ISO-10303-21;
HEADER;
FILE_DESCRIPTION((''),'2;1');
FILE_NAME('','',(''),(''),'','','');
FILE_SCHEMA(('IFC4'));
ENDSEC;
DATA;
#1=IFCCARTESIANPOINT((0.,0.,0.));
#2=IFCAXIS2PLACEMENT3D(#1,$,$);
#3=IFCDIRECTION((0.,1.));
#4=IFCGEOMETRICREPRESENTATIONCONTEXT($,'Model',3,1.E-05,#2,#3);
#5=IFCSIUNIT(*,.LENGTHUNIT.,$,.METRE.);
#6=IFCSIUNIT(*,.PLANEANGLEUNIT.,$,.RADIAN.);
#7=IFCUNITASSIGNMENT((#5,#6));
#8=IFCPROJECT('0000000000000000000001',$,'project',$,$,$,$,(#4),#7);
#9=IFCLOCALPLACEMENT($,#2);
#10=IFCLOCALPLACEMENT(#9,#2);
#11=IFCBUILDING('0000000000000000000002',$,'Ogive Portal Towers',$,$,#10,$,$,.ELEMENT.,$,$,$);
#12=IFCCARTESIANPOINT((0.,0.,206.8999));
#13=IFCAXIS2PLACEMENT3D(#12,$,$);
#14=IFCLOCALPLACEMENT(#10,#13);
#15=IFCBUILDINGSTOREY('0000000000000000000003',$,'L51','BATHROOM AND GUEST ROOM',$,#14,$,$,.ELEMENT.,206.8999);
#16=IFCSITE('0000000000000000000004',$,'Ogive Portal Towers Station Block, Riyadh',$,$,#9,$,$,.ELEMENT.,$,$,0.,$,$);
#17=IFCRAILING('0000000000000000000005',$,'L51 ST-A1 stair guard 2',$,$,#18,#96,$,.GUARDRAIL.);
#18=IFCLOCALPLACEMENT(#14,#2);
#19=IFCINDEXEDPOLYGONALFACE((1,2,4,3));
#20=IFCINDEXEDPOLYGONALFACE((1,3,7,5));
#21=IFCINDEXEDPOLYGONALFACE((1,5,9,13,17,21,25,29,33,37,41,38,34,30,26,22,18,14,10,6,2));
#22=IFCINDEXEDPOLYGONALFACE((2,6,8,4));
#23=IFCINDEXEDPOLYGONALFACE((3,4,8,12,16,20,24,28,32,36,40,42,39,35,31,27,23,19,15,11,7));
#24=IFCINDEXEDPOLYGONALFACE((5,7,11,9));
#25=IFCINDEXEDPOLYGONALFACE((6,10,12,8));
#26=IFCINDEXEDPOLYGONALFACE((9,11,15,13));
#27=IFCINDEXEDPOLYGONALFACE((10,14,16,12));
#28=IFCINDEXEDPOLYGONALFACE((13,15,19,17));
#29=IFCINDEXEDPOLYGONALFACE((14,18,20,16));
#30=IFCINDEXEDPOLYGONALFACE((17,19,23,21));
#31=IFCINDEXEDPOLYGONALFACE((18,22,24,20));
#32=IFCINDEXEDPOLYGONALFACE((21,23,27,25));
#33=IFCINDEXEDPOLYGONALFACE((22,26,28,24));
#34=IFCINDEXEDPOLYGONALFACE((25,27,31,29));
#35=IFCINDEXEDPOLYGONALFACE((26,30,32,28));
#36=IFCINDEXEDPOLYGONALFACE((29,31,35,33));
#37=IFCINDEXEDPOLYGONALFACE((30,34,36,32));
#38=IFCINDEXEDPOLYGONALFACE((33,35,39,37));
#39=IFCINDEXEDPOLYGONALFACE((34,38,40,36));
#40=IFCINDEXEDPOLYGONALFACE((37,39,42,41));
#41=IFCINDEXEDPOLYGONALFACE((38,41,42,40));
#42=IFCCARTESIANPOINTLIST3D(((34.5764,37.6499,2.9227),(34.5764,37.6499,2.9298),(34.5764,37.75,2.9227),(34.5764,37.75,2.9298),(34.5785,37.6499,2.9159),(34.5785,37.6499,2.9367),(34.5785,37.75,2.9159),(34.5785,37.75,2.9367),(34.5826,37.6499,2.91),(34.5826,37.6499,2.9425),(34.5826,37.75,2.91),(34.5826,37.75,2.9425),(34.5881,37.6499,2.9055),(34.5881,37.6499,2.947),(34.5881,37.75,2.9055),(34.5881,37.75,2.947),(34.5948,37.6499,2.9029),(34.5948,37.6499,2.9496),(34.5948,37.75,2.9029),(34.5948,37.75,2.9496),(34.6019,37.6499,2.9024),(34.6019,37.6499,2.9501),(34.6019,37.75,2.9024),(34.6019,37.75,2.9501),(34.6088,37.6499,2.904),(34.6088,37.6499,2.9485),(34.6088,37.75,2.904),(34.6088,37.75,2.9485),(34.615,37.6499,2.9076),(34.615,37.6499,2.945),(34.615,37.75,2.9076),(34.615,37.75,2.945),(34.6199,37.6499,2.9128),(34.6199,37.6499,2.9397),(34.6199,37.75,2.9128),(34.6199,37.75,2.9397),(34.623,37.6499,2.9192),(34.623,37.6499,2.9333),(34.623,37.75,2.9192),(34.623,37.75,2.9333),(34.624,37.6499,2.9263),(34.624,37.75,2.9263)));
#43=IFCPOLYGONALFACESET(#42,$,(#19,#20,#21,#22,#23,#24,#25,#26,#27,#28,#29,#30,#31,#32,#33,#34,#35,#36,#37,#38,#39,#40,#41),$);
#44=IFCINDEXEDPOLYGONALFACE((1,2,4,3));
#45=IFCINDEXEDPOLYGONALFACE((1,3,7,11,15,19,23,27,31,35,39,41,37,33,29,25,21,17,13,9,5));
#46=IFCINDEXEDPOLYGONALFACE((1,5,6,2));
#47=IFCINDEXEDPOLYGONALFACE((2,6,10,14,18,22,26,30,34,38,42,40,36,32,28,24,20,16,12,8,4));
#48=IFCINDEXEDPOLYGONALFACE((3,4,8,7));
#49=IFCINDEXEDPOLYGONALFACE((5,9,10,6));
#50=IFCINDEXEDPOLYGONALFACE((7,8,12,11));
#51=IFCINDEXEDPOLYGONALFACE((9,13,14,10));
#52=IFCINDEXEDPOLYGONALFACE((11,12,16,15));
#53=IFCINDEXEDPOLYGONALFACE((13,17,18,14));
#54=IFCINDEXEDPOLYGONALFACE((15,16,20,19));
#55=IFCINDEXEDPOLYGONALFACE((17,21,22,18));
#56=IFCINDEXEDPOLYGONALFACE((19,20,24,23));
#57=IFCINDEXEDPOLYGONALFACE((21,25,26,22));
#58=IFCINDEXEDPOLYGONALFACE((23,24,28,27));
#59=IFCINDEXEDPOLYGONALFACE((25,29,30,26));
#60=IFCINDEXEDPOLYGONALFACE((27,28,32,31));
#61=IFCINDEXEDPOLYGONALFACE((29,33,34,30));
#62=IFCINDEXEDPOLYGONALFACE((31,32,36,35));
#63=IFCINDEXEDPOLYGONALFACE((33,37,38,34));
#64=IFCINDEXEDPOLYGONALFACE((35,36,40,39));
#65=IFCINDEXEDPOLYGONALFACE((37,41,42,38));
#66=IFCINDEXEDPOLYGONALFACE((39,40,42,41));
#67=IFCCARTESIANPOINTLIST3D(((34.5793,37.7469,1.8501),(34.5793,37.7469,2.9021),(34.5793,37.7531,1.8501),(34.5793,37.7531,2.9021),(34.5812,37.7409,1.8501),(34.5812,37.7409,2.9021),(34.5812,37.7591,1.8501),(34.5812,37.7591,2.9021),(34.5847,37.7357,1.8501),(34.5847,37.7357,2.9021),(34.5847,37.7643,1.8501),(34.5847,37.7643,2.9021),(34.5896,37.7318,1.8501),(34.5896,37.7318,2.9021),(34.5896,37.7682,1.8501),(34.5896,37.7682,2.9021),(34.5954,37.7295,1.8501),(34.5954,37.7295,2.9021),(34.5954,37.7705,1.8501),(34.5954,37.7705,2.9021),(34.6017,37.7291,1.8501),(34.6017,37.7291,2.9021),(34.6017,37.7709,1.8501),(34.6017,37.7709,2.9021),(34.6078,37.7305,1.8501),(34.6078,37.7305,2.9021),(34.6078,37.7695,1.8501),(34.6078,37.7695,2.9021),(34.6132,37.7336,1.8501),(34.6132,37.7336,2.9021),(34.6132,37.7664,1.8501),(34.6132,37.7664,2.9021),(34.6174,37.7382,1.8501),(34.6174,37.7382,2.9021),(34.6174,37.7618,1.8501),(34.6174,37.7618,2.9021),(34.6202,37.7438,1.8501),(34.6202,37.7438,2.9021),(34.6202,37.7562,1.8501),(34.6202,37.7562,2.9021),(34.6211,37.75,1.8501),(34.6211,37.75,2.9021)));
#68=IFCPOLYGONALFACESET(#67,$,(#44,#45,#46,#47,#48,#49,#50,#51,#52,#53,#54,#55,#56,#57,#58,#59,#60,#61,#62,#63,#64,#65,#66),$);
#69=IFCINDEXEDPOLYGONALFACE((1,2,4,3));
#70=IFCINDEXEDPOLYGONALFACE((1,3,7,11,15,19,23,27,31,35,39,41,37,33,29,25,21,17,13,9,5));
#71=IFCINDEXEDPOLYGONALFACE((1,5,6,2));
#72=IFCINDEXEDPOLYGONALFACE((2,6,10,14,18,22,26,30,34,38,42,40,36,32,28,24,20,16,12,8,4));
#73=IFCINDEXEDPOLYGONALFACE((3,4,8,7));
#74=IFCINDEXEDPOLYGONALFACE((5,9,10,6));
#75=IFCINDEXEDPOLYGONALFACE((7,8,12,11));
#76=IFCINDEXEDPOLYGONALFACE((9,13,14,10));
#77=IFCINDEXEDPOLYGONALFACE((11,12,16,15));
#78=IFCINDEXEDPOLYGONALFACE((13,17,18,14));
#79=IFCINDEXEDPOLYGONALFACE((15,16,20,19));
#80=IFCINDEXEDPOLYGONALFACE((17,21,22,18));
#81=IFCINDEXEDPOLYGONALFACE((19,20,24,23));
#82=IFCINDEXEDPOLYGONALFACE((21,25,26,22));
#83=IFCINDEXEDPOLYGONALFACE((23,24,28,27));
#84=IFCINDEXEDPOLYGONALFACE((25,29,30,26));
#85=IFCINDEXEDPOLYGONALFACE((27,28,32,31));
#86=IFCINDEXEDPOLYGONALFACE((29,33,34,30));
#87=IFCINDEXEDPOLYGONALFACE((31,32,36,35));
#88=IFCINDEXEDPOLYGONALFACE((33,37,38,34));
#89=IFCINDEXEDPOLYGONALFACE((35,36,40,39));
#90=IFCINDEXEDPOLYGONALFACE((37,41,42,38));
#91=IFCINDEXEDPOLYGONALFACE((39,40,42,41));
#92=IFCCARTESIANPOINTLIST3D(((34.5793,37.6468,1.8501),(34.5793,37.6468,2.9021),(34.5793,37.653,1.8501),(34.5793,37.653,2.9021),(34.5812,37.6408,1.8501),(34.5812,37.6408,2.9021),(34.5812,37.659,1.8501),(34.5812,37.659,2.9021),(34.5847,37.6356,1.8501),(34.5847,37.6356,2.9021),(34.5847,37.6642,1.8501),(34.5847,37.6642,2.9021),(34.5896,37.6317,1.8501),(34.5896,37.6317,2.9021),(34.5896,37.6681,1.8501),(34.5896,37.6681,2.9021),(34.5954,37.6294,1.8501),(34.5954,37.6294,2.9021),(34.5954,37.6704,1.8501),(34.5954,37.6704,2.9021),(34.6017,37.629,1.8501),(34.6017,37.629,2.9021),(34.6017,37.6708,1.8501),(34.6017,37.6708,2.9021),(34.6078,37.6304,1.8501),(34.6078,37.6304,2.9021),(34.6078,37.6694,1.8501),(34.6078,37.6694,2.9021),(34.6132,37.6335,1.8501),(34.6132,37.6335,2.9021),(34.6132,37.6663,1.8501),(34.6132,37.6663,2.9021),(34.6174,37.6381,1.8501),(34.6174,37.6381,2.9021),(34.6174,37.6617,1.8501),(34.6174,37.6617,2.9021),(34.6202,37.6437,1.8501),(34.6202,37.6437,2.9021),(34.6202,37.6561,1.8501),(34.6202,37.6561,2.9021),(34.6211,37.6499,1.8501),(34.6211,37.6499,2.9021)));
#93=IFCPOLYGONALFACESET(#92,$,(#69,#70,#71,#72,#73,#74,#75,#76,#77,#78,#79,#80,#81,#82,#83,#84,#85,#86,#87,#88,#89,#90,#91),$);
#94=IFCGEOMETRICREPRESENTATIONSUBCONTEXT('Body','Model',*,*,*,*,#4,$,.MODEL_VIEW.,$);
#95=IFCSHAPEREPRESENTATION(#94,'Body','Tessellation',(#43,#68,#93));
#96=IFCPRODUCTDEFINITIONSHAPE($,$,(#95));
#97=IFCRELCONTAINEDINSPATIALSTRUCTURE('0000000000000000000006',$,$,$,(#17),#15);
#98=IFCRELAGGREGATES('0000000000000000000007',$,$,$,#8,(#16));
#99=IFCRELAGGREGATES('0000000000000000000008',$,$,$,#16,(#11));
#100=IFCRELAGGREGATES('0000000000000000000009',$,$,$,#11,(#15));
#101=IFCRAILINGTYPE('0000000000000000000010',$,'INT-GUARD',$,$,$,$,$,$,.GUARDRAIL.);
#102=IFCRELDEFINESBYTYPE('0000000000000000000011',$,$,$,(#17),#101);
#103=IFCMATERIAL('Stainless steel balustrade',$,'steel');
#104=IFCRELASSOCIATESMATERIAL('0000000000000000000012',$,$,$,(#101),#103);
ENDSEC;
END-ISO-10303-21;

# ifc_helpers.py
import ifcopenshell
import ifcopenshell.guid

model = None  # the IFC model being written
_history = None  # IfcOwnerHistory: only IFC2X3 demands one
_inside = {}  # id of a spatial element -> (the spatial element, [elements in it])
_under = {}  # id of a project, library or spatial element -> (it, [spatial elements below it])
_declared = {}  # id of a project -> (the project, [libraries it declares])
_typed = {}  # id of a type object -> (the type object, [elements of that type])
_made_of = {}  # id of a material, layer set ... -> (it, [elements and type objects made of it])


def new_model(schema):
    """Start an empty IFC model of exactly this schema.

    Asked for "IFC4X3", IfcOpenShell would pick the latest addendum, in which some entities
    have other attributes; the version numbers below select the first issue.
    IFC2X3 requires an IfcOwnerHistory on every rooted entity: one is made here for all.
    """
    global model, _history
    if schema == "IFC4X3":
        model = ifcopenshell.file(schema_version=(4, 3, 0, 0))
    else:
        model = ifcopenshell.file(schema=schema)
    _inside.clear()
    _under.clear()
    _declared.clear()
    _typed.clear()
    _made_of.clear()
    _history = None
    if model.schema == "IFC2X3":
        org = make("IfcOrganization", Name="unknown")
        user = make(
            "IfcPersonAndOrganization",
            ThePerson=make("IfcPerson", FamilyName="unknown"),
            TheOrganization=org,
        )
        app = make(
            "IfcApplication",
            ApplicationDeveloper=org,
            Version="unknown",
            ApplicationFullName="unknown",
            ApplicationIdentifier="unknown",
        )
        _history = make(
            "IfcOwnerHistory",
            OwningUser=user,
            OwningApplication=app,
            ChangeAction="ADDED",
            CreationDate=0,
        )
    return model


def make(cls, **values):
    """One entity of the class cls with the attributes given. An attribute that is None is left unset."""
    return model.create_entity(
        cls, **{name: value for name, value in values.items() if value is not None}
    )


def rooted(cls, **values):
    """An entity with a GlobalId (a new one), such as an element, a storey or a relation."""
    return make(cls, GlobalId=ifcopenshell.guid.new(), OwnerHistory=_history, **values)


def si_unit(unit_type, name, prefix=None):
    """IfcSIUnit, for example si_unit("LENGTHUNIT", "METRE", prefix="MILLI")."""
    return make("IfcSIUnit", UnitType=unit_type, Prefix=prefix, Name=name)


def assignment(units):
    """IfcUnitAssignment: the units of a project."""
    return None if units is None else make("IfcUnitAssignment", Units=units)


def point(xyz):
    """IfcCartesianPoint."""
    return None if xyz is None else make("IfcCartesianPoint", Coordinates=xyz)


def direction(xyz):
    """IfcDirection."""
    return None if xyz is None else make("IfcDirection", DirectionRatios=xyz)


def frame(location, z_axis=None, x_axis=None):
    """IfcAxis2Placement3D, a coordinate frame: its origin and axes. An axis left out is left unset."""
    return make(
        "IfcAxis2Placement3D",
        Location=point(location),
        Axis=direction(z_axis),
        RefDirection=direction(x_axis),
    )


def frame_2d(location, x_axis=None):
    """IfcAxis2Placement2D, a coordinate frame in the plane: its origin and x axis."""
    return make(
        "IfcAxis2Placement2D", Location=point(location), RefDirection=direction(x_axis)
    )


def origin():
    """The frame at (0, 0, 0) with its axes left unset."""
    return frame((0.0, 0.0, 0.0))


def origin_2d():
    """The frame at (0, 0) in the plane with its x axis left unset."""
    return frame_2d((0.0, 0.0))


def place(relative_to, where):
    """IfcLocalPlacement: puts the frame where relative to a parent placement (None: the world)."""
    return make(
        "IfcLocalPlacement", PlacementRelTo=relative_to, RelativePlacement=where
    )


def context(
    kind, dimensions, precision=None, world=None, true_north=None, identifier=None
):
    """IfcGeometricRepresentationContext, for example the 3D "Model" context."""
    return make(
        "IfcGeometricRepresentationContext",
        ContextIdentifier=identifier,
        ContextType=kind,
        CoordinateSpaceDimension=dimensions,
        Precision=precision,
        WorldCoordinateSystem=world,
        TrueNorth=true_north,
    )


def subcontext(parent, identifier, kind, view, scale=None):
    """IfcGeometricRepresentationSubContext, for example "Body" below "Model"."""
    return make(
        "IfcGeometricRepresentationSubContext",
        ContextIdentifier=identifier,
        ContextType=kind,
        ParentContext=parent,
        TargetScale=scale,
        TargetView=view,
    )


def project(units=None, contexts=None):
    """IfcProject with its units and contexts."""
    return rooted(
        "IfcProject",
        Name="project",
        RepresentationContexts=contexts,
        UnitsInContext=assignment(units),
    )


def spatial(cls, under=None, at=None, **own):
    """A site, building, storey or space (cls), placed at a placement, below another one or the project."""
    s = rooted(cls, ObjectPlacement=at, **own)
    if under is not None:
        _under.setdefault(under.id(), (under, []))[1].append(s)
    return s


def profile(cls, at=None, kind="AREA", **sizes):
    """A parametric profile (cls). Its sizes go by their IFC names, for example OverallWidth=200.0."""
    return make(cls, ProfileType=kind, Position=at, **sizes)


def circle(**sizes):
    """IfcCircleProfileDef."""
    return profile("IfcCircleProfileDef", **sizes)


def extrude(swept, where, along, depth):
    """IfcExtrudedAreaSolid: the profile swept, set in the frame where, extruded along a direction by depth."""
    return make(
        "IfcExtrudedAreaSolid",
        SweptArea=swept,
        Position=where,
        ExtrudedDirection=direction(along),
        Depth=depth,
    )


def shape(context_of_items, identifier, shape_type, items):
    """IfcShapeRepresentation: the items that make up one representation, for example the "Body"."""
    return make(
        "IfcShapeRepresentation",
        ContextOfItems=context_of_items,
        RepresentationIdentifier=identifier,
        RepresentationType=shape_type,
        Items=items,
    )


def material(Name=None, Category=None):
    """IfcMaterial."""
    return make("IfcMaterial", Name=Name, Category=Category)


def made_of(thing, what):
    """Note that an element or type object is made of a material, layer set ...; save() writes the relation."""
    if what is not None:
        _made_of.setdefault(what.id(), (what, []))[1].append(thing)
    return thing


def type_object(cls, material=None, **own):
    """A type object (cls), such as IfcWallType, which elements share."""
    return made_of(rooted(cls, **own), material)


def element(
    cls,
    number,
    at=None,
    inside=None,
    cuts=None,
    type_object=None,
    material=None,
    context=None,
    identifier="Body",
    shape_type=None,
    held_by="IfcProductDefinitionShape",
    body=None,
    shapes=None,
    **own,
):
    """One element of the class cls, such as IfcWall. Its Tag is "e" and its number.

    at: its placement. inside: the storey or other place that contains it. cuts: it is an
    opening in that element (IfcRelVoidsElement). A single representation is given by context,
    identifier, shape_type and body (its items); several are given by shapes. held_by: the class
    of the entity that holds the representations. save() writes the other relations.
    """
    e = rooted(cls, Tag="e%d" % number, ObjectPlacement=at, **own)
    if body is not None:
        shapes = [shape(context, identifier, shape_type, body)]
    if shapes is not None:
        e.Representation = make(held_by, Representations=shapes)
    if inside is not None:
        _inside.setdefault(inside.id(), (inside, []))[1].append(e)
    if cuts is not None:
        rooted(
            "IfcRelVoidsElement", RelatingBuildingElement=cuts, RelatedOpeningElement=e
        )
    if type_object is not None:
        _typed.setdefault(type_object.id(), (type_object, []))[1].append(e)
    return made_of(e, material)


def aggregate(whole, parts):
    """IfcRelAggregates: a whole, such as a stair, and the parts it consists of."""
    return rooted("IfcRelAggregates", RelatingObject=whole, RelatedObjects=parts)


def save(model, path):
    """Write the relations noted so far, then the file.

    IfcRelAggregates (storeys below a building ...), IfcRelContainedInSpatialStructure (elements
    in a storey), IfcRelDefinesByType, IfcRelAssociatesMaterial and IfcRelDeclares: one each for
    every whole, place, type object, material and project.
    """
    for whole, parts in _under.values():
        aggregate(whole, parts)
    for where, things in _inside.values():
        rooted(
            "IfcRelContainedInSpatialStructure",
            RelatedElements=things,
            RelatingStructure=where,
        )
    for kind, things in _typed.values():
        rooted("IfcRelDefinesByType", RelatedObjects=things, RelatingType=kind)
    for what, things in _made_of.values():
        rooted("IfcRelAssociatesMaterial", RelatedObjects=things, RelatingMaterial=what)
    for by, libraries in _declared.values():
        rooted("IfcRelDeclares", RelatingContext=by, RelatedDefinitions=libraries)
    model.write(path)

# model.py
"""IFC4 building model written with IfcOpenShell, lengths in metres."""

from ifc_helpers import new_model, si_unit, direction, frame, origin, origin_2d, place, context, subcontext, project, spatial, circle, extrude, material, type_object, element, save


model = new_model("IFC4")

# Units and contexts
model_context = context("Model", 3, precision=1e-05, world=origin(), true_north=direction((0.0, 1.0)))
body_context = subcontext(model_context, "Body", "Model", "MODEL_VIEW")
ifc_project = project(units=[si_unit("LENGTHUNIT", "METRE"), si_unit("PLANEANGLEUNIT", "RADIAN")], contexts=[model_context])

# Site, building, storey
site_placement = place(None, origin())
site = spatial("IfcSite", under=ifc_project, at=site_placement, Name="Ogive Portal Towers Station Block, Riyadh", CompositionType="ELEMENT", RefElevation=0.0)
building_placement = place(site_placement, origin())
building = spatial("IfcBuilding", under=site, at=building_placement, Name="Ogive Portal Towers", CompositionType="ELEMENT")
storey_placement = place(building_placement, frame((0.0, 0.0, 206.8999)))
storey = spatial("IfcBuildingStorey", under=building, at=storey_placement, Name="L51", Description="BATHROOM AND GUEST ROOM", CompositionType="ELEMENT", Elevation=206.8999)

# Railing
ifc_material_1 = material(Name="Stainless steel balustrade", Category="steel")
railing_type_1 = type_object("IfcRailingType", Name="INT-GUARD", PredefinedType="GUARDRAIL", material=ifc_material_1)
railing_1_placement = place(storey_placement, frame((34.6001, 37.75, 1.8501)))
element("IfcRailing", 1, at=railing_1_placement, inside=storey, type_object=railing_type_1, Name="L51 ST-A1 stair guard 2", PredefinedType="GUARDRAIL", context=body_context, shape_type="SweptSolid", body=[
    extrude(circle(Radius=0.0239, at=origin_2d()), frame((0.0, 0.0, 1.0762), z_axis=(0.0, -1.0, 0.0), x_axis=(1.0, 0.0, 0.0)), (0.0, 0.0, 1.0), 0.1001),
    extrude(circle(Radius=0.021, at=origin_2d()), origin(), (0.0, 0.0, 1.0), 1.052),
    extrude(circle(Radius=0.021, at=origin_2d()), frame((0.0, -0.1001, 0.0)), (0.0, 0.0, 1.0), 1.052),
])

save(model, "model.ifc")
